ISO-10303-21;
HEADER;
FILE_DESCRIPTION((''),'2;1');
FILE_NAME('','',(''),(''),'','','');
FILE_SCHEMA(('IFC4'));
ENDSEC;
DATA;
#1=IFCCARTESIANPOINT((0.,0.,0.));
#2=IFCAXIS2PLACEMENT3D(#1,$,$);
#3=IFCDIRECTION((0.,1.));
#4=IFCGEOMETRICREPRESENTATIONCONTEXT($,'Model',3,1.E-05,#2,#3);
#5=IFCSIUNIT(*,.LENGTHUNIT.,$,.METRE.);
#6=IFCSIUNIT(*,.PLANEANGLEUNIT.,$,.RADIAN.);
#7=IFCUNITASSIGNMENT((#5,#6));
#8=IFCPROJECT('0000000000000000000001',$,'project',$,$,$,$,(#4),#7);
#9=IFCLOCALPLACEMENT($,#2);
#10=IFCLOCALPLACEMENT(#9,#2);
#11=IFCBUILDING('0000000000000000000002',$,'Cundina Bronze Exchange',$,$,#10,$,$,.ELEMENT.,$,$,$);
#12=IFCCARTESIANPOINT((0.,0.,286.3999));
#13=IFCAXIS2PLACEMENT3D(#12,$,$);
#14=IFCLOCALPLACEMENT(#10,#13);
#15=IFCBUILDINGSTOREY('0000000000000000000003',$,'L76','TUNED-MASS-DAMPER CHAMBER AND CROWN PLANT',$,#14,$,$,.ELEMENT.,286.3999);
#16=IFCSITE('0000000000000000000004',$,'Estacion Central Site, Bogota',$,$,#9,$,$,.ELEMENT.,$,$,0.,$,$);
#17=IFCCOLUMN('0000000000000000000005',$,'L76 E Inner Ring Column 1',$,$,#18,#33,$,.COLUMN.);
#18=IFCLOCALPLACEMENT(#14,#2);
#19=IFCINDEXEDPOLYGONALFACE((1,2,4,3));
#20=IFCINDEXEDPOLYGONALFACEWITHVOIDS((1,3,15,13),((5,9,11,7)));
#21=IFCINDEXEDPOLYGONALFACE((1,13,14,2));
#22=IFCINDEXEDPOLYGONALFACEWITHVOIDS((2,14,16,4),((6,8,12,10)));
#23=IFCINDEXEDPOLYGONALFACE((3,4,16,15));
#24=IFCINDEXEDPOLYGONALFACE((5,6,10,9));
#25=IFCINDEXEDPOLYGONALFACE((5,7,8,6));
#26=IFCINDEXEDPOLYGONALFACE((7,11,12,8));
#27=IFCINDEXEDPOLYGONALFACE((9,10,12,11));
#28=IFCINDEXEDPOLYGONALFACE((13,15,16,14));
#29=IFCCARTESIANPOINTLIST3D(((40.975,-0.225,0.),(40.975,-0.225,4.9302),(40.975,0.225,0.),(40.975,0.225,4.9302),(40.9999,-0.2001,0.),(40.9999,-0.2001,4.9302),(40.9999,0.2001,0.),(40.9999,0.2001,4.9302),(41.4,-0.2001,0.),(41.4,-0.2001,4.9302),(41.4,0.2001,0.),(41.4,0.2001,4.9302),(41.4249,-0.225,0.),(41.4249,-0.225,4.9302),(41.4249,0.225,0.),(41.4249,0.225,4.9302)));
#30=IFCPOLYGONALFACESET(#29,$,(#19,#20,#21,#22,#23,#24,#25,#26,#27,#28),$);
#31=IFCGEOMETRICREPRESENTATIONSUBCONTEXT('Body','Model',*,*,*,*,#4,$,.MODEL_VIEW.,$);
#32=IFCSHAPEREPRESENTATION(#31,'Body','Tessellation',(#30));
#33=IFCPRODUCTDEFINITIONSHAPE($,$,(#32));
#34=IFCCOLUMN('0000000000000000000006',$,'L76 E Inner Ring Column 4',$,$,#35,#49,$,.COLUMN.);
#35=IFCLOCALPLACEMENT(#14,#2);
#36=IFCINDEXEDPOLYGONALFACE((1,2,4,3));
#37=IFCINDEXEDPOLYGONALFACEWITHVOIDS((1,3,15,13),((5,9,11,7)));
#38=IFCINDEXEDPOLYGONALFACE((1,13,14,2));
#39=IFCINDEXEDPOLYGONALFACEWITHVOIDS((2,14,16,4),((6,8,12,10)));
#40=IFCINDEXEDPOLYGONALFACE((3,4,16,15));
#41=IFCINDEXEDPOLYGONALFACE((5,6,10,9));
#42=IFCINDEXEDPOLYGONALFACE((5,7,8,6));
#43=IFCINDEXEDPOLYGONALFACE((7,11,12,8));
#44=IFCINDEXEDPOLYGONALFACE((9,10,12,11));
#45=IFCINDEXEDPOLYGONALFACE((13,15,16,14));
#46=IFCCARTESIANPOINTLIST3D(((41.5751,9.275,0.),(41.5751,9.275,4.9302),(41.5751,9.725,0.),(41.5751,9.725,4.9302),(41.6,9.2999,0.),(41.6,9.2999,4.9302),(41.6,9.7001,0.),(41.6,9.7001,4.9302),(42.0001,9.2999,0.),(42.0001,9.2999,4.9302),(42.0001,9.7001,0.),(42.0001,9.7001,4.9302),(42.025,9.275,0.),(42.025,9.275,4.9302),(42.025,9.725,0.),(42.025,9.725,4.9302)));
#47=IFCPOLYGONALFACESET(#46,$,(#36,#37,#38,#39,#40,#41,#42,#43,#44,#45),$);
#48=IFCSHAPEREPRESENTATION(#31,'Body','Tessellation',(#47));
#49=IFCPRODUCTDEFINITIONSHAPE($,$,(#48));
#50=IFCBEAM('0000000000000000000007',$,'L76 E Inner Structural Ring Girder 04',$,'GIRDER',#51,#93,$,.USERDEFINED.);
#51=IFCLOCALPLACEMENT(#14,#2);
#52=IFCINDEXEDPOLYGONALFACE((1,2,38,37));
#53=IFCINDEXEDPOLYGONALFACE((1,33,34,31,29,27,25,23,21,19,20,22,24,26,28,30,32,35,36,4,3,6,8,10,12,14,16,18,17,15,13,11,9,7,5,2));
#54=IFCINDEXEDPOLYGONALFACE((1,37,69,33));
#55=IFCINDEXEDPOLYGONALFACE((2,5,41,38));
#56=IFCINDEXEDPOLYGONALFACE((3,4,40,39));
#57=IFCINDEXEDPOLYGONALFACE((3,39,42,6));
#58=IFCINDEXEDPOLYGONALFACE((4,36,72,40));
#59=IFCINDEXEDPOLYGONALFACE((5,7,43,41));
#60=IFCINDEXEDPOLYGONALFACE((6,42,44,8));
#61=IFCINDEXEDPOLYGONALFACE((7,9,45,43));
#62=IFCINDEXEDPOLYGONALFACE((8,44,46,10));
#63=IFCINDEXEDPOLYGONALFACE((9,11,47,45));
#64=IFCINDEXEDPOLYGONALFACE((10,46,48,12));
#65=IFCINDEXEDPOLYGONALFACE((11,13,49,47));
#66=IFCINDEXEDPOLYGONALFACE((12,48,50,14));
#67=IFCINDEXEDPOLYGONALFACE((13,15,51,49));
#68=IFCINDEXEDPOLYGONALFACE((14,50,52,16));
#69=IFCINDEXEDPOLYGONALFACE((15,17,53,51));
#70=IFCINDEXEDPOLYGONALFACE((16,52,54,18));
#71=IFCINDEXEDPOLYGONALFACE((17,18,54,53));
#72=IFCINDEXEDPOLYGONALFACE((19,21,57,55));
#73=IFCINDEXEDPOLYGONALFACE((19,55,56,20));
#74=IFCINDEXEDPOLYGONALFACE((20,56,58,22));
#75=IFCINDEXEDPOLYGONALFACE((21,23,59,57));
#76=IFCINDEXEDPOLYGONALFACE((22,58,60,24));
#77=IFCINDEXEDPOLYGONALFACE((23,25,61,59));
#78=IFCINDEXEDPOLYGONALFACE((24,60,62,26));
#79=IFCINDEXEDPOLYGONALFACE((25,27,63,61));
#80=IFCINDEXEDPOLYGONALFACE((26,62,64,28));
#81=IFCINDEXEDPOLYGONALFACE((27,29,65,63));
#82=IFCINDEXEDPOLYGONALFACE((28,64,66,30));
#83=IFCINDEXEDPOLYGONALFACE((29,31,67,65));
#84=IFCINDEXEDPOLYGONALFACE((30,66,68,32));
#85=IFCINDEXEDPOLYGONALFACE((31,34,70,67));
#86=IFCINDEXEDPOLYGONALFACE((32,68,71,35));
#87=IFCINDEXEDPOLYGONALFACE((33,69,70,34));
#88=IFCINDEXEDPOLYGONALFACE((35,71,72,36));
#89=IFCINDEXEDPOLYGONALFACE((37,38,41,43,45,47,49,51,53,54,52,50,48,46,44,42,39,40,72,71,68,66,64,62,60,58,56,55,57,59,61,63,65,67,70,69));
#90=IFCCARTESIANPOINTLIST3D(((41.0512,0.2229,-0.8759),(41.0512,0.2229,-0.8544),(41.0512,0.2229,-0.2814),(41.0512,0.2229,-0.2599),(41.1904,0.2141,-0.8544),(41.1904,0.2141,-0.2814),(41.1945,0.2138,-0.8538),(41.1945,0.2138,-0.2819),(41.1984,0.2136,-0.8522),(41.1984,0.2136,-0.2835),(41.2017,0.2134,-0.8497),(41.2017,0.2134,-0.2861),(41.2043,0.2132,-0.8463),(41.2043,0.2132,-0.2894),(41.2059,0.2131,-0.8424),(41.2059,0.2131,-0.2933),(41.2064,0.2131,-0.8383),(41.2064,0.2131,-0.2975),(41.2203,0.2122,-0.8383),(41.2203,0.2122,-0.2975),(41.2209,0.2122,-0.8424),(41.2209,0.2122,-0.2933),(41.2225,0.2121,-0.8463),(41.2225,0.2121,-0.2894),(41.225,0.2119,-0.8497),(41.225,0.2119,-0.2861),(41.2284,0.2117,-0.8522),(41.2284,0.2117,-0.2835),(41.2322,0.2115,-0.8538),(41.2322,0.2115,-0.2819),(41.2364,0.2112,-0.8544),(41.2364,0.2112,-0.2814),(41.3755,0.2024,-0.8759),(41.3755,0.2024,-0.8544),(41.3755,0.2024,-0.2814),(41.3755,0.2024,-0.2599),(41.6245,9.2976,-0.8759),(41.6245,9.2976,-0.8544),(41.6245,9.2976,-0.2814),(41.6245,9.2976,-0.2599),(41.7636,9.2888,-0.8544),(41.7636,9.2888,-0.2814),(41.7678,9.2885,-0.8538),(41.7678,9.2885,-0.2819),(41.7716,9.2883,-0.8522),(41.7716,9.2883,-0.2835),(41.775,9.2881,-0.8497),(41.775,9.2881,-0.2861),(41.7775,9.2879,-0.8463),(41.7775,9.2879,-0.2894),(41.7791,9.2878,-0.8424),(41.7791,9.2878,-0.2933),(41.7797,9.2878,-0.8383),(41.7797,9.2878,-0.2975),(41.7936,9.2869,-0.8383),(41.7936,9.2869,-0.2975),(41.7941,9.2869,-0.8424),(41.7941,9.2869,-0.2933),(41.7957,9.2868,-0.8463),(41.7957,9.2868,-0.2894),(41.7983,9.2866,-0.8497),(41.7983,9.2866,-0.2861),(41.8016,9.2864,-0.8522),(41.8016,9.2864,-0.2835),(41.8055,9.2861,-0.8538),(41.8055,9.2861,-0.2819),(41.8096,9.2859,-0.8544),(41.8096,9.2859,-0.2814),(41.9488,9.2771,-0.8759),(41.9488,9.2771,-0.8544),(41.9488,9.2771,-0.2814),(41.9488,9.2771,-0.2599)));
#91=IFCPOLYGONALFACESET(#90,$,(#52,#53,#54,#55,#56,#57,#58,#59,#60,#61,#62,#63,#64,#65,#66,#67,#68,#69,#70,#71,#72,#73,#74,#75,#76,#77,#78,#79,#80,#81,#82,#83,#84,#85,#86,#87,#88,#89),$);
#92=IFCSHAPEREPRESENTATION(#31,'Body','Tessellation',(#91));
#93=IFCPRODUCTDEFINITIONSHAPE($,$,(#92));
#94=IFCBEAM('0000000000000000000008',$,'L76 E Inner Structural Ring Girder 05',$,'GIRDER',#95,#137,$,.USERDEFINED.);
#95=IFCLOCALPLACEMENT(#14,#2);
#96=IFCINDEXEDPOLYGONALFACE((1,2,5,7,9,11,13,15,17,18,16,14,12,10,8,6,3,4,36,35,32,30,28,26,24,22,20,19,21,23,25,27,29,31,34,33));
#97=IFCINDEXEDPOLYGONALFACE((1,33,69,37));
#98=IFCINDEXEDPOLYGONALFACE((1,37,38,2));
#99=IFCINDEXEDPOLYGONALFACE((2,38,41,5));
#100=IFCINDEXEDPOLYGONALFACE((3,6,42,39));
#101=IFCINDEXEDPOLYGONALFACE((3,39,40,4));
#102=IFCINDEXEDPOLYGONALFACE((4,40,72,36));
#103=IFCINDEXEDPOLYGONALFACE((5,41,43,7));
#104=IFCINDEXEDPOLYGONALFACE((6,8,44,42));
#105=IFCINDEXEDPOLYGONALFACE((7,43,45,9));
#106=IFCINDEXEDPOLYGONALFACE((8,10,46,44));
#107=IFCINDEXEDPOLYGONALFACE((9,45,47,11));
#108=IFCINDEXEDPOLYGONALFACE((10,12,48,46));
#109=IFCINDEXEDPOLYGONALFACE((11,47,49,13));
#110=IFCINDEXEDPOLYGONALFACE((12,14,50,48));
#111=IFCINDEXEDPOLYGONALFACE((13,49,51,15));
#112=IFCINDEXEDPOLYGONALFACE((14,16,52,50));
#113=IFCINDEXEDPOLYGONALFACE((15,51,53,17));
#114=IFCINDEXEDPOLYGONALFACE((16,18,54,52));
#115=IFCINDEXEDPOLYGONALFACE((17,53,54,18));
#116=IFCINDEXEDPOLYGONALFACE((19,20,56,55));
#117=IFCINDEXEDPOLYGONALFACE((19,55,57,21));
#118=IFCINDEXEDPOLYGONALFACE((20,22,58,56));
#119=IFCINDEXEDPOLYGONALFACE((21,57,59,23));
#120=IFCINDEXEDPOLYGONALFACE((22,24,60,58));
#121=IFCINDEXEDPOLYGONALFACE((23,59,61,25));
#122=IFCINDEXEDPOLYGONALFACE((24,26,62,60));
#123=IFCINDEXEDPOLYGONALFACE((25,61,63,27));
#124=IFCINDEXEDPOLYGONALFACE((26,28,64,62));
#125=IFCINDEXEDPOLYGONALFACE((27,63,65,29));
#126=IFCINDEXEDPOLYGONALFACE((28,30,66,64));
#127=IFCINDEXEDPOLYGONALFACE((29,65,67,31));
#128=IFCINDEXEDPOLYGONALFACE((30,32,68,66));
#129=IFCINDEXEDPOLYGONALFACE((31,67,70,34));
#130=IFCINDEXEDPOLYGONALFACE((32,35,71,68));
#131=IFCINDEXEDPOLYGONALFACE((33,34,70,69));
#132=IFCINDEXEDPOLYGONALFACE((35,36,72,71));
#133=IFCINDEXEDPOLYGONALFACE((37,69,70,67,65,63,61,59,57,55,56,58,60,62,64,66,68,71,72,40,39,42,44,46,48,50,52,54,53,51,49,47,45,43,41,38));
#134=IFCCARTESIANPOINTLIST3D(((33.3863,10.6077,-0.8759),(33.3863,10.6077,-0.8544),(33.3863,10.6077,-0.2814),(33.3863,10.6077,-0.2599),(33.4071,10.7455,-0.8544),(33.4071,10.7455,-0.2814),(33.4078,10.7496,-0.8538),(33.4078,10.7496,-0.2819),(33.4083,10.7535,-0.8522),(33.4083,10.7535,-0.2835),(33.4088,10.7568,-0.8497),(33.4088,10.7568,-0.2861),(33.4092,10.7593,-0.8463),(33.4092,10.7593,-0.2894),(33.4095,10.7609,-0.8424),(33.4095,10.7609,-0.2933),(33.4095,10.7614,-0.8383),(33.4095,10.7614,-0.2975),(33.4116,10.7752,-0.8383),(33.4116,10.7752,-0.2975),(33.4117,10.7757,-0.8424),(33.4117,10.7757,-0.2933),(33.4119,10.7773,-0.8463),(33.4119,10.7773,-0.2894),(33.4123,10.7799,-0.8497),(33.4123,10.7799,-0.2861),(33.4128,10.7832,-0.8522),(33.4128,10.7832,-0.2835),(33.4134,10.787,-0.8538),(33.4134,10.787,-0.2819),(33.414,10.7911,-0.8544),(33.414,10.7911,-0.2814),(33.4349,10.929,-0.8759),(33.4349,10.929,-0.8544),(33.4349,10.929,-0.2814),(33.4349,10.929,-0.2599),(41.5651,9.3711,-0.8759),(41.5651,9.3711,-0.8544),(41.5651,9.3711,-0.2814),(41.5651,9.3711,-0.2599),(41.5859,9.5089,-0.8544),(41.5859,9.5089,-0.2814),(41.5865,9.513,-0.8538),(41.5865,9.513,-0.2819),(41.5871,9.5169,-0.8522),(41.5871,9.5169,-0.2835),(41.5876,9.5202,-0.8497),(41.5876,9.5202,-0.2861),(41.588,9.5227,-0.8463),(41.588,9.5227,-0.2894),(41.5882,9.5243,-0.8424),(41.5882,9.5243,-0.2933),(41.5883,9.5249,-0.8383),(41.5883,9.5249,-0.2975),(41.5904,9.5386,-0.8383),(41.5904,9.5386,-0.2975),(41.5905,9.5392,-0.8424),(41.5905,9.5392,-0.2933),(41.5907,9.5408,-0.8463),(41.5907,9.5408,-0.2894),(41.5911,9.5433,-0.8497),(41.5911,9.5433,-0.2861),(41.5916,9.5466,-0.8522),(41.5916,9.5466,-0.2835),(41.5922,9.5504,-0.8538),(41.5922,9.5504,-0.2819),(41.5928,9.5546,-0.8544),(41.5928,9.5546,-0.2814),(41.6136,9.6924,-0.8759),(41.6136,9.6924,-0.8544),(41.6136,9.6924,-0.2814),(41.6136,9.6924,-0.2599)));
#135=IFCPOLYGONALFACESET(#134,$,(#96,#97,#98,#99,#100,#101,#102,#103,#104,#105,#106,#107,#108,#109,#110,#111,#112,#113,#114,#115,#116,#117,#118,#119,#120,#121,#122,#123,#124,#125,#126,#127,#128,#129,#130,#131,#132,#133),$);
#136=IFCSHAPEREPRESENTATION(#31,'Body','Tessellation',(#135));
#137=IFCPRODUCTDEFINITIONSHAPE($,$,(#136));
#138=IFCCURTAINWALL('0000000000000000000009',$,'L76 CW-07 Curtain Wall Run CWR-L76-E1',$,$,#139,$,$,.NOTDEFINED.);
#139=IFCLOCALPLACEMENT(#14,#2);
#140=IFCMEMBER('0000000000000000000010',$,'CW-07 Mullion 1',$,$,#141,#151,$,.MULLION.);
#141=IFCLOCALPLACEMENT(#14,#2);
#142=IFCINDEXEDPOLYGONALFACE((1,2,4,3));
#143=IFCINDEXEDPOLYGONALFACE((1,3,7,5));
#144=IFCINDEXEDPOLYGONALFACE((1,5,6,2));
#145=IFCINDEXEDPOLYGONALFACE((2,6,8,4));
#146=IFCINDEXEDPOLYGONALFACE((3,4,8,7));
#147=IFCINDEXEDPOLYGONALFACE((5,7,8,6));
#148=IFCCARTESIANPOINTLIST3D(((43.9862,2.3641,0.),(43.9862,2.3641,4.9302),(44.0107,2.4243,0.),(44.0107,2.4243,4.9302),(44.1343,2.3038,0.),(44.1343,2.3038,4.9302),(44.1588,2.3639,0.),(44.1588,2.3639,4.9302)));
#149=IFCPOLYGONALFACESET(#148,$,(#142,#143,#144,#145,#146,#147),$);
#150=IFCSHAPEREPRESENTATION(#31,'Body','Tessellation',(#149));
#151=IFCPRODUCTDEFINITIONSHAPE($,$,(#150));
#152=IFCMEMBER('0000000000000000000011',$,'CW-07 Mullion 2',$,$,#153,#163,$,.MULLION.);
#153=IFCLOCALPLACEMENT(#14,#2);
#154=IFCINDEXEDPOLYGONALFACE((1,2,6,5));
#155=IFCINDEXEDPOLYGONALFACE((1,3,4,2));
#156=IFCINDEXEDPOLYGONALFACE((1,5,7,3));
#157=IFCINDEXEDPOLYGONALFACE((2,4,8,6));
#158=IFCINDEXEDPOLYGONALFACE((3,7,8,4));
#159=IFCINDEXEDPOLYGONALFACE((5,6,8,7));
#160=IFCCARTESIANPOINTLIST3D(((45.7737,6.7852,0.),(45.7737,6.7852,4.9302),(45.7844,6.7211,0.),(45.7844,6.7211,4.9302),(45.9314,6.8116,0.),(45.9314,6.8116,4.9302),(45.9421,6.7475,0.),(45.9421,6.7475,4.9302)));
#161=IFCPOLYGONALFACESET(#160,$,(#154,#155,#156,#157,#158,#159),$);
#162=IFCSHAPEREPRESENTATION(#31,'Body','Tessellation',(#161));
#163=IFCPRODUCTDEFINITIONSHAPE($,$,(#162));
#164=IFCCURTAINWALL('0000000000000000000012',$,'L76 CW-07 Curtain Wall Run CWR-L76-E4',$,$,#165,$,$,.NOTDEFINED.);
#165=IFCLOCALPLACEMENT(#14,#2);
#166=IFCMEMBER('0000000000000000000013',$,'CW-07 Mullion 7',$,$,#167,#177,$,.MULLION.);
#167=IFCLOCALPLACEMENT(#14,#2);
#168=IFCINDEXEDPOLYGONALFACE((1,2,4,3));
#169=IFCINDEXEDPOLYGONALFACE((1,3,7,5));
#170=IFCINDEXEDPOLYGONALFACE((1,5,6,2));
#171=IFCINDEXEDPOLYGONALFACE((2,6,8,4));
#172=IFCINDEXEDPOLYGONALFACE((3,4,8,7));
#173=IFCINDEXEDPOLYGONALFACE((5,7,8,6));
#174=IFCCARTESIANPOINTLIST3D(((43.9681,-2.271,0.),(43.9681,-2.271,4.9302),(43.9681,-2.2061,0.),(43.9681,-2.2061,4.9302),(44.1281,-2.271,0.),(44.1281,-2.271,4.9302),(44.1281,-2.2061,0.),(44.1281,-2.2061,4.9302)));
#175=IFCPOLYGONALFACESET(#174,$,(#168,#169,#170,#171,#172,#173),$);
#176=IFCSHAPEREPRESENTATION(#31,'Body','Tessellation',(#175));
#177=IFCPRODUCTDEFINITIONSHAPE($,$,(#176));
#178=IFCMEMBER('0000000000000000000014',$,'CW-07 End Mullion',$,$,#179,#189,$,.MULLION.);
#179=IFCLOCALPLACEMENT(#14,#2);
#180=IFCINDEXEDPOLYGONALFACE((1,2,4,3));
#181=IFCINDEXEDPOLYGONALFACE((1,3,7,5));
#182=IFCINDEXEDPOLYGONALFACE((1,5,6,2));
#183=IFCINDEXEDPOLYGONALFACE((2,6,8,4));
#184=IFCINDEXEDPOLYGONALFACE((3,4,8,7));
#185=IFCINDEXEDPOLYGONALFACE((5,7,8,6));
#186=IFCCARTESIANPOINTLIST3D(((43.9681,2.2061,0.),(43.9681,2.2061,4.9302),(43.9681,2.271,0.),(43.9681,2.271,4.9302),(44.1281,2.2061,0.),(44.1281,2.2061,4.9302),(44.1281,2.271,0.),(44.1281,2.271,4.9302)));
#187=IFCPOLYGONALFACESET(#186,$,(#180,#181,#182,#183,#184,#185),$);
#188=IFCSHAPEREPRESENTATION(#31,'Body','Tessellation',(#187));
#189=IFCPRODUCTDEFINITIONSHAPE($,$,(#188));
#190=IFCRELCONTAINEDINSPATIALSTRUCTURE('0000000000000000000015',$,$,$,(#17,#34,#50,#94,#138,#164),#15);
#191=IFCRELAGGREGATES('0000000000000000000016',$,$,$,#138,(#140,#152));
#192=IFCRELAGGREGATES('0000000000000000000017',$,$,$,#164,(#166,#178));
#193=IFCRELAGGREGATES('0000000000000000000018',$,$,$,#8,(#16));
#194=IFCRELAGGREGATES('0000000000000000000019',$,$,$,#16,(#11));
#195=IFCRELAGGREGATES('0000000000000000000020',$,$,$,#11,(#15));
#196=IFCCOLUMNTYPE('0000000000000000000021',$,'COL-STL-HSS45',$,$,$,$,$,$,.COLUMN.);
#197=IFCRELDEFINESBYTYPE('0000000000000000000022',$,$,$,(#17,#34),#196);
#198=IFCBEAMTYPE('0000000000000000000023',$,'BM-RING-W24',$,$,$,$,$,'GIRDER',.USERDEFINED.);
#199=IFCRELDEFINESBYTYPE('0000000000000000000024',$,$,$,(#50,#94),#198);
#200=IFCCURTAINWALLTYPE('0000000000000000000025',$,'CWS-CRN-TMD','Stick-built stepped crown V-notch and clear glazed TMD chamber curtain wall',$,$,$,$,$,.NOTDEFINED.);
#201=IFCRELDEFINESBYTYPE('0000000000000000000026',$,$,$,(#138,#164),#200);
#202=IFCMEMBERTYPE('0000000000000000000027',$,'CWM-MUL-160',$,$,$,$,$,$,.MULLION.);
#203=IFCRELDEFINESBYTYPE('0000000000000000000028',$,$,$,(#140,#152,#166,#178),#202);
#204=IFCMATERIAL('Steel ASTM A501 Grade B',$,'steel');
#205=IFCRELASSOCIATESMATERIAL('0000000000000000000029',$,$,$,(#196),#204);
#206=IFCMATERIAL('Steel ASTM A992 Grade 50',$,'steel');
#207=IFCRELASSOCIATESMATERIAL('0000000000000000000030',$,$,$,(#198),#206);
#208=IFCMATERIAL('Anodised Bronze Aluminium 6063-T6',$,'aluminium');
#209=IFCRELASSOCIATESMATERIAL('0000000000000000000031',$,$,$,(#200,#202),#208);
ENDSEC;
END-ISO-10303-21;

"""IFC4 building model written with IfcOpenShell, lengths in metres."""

from ifc_helpers import new_model, si_unit, direction, frame, origin, origin_2d, place, context, subcontext, project, spatial, rectangle, hollow_rectangle, i_section, extrude, material, material_profile, profile_set, type_object, element, aggregate, save


model = new_model("IFC4")

# Units and contexts
model_context = context("Model", 3, precision=1e-05, world=origin(), true_north=direction((0.0, 1.0)))
body_context = subcontext(model_context, "Body", "Model", "MODEL_VIEW")
ifc_project = project(units=[si_unit("LENGTHUNIT", "METRE"), si_unit("PLANEANGLEUNIT", "RADIAN")], contexts=[model_context])

# Site, building, storey
site_placement = place(None, origin())
site = spatial("IfcSite", under=ifc_project, at=site_placement, Name="Estacion Central Site, Bogota", CompositionType="ELEMENT", RefElevation=0.0)
building_placement = place(site_placement, origin())
building = spatial("IfcBuilding", under=site, at=building_placement, Name="Cundina Bronze Exchange", CompositionType="ELEMENT")
storey_placement = place(building_placement, frame((0.0, 0.0, 286.3999)))
storey = spatial("IfcBuildingStorey", under=building, at=storey_placement, Name="L76", Description="TUNED-MASS-DAMPER CHAMBER AND CROWN PLANT", CompositionType="ELEMENT", Elevation=286.3999)

# Columns
ifc_material_1 = material(Name="Steel ASTM A501 Grade B", Category="steel")
ifc_material_profile_1 = material_profile(ifc_material_1, hollow_rectangle(XDim=0.45, YDim=0.45, WallThickness=0.0249, at=origin_2d()), Name="HSS450X450X25", Category="steel")
ifc_profile_set_1 = profile_set([ifc_material_profile_1], Name="Steel ASTM A501 Grade B")
column_type = type_object("IfcColumnType", Name="COL-STL-HSS45", PredefinedType="COLUMN", material=ifc_profile_set_1)
for number, where, z_axis, x_axis, name in (
    (1, (41.2, 0.0, 0.0), (0.0, 0.0, 1.0), (1.0, 0.0, 0.0), "L76 E Inner Ring Column 1"),
    (2, (41.8, 9.5, 0.0), (0.0, 0.0, 1.0), (1.0, 0.0, 0.0), "L76 E Inner Ring Column 4"),
):
    element("IfcColumn", number, at=place(storey_placement, frame(where, z_axis=z_axis, x_axis=x_axis)), inside=storey, type_object=column_type, Name=name, PredefinedType="COLUMN", context=body_context, shape_type="SweptSolid", body=[
        extrude(hollow_rectangle(XDim=0.45, YDim=0.45, WallThickness=0.0249, at=origin_2d()), origin(), (0.0, 0.0, 1.0), 4.9302),
    ])

# Beams
ifc_material_2 = material(Name="Steel ASTM A992 Grade 50", Category="steel")
ifc_material_profile_2 = material_profile(ifc_material_2, i_section(OverallWidth=0.325, OverallDepth=0.616, WebThickness=0.0139, FlangeThickness=0.0215, FilletRadius=0.0161, at=origin_2d()), Name="W24X117", Category="steel")
ifc_profile_set_2 = profile_set([ifc_material_profile_2], Name="Steel ASTM A992 Grade 50")
beam_type = type_object("IfcBeamType", Name="BM-RING-W24", ElementType="GIRDER", PredefinedType="USERDEFINED", material=ifc_profile_set_2)
beam_1_placement = place(storey_placement, frame((41.2134, 0.2126, -0.5679), z_axis=(0.063044, 0.998011, 0.0), x_axis=(-0.998011, 0.063044, 0.0)))
element("IfcBeam", 3, at=beam_1_placement, inside=storey, type_object=beam_type, Name="L76 E Inner Structural Ring Girder 04", ObjectType="GIRDER", PredefinedType="USERDEFINED", context=body_context, shape_type="SweptSolid", body=[
    extrude(i_section(OverallWidth=0.325, OverallDepth=0.616, WebThickness=0.0139, FlangeThickness=0.0215, FilletRadius=0.0161, at=origin_2d()), origin(), (0.0, 0.0, 1.0), 9.0928),
])
beam_2_placement = place(storey_placement, frame((41.5894, 9.5317, -0.5679), z_axis=(-0.988762, 0.149495, 0.0), x_axis=(-0.149495, -0.988762, 0.0)))
element("IfcBeam", 4, at=beam_2_placement, inside=storey, type_object=beam_type, Name="L76 E Inner Structural Ring Girder 05", ObjectType="GIRDER", PredefinedType="USERDEFINED", context=body_context, shape_type="SweptSolid", body=[
    extrude(i_section(OverallWidth=0.325, OverallDepth=0.616, WebThickness=0.0139, FlangeThickness=0.0215, FilletRadius=0.0161, at=origin_2d()), origin(), (0.0, 0.0, 1.0), 8.2717),
])

# Curtain walls, members
ifc_material_3 = material(Name="Anodised Bronze Aluminium 6063-T6", Category="aluminium")
curtain_wall_type = type_object("IfcCurtainWallType", Name="CWS-CRN-TMD", Description="Stick-built stepped crown V-notch and clear glazed TMD chamber curtain wall", PredefinedType="NOTDEFINED", material=ifc_material_3)
curtain_wall_1_placement = place(storey_placement, origin())
curtain_wall_1 = element("IfcCurtainWall", 5, at=curtain_wall_1_placement, inside=storey, type_object=curtain_wall_type, Name="L76 CW-07 Curtain Wall Run CWR-L76-E1", PredefinedType="NOTDEFINED")
ifc_material_profile_3 = material_profile(ifc_material_3, rectangle(XDim=0.0649, YDim=0.1599, at=origin_2d()), Name="AL65X160", Category="aluminium")
ifc_profile_set_3 = profile_set([ifc_material_profile_3], Name="Anodised Bronze Aluminium 6063-T6")
member_type_1 = type_object("IfcMemberType", Name="CWM-MUL-160", PredefinedType="MULLION", material=ifc_profile_set_3)
member_1_placement = place(storey_placement, frame((44.0725, 2.364, 0.0), z_axis=(0.0, 0.0, 1.0), x_axis=(0.377518, 0.926002, 0.0)))
member_1 = element("IfcMember", 6, at=member_1_placement, type_object=member_type_1, Name="CW-07 Mullion 1", PredefinedType="MULLION", context=body_context, shape_type="SweptSolid", body=[
    extrude(rectangle(XDim=0.0649, YDim=0.1599, at=origin_2d()), origin(), (0.0, 0.0, 1.0), 4.9302),
])
member_2_placement = place(storey_placement, frame((45.8579, 6.7664, 0.0), z_axis=(0.0, 0.0, 1.0), x_axis=(-0.165048, 0.986286, 0.0)))
member_2 = element("IfcMember", 7, at=member_2_placement, type_object=member_type_1, Name="CW-07 Mullion 2", PredefinedType="MULLION", context=body_context, shape_type="SweptSolid", body=[
    extrude(rectangle(XDim=0.0649, YDim=0.1599, at=origin_2d()), origin(), (0.0, 0.0, 1.0), 4.9302),
])
curtain_wall_2_placement = place(storey_placement, origin())
curtain_wall_2 = element("IfcCurtainWall", 8, at=curtain_wall_2_placement, inside=storey, type_object=curtain_wall_type, Name="L76 CW-07 Curtain Wall Run CWR-L76-E4", PredefinedType="NOTDEFINED")
member_3_placement = place(storey_placement, frame((44.0481, -2.2385, 0.0), z_axis=(0.0, 0.0, 1.0), x_axis=(0.0, 1.0, 0.0)))
member_3 = element("IfcMember", 9, at=member_3_placement, type_object=member_type_1, Name="CW-07 Mullion 7", PredefinedType="MULLION", context=body_context, shape_type="SweptSolid", body=[
    extrude(rectangle(XDim=0.0649, YDim=0.1599, at=origin_2d()), origin(), (0.0, 0.0, 1.0), 4.9302),
])
member_4_placement = place(storey_placement, frame((44.0481, 2.2385, 0.0), z_axis=(0.0, 0.0, 1.0), x_axis=(0.0, 1.0, 0.0)))
member_4 = element("IfcMember", 10, at=member_4_placement, type_object=member_type_1, Name="CW-07 End Mullion", PredefinedType="MULLION", context=body_context, shape_type="SweptSolid", body=[
    extrude(rectangle(XDim=0.0649, YDim=0.1599, at=origin_2d()), origin(), (0.0, 0.0, 1.0), 4.9302),
])

aggregate(curtain_wall_1, [member_1, member_2])
aggregate(curtain_wall_2, [member_3, member_4])

save(model, "model.ifc")
